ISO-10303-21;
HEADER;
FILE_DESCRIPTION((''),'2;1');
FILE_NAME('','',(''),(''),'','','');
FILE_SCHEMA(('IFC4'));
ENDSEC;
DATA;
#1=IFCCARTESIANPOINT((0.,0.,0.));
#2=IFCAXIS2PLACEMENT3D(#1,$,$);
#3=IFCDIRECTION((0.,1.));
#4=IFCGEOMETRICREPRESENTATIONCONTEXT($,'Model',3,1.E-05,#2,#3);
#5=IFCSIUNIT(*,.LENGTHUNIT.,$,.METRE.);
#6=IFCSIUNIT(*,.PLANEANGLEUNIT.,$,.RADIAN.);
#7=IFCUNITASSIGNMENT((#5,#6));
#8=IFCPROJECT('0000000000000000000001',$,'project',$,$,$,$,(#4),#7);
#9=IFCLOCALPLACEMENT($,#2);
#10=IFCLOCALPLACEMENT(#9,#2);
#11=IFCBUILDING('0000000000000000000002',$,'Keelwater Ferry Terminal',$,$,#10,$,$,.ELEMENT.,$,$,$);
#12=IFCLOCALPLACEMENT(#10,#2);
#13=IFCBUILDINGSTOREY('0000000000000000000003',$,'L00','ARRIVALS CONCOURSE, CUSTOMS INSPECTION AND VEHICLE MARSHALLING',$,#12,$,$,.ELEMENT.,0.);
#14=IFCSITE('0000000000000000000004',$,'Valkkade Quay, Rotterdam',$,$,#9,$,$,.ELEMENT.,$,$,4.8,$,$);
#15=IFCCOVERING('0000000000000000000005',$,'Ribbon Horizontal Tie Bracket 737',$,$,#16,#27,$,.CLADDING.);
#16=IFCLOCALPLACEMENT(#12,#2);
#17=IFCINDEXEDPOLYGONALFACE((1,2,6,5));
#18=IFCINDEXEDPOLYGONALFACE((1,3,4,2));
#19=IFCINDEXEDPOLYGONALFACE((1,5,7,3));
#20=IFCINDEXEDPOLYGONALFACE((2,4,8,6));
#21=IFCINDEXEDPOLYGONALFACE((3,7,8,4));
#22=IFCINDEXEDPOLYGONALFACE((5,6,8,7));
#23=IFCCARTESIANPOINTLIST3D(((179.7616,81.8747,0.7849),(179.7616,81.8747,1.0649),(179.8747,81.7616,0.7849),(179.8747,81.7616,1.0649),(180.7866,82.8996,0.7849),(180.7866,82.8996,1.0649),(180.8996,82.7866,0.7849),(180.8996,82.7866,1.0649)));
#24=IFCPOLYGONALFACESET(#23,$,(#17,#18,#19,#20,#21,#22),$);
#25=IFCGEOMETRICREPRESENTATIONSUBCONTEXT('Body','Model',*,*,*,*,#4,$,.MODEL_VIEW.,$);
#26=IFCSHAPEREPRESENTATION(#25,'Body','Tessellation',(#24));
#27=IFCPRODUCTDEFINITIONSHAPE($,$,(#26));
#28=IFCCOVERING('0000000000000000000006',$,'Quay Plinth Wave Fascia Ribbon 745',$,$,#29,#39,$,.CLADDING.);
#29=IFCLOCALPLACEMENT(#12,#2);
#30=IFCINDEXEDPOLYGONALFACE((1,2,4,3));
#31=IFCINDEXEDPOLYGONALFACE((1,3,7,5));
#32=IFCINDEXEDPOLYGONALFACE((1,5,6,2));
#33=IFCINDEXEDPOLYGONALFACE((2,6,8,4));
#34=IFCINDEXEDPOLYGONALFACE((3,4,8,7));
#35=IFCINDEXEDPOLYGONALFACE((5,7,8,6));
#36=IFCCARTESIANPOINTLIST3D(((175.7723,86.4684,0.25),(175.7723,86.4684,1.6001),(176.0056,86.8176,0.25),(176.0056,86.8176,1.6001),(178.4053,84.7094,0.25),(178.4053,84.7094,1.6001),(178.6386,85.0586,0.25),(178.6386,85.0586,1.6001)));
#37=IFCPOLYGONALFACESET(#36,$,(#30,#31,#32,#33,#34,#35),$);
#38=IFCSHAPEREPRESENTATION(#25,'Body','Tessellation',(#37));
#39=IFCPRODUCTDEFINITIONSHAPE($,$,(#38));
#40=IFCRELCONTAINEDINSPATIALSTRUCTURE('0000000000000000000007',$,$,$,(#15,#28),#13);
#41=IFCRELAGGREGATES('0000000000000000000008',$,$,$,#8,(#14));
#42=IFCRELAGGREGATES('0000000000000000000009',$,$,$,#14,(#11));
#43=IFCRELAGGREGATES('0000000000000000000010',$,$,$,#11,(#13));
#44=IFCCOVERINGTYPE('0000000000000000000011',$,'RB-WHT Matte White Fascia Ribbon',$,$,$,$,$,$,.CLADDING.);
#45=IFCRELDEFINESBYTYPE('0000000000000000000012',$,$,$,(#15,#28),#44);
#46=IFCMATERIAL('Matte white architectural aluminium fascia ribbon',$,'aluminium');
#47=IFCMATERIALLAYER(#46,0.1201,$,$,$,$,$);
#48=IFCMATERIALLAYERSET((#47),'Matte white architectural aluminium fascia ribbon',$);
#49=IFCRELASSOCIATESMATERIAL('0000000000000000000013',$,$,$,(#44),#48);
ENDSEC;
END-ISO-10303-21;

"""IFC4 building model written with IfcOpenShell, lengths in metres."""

from ifc_helpers import new_model, si_unit, direction, frame, frame_2d, origin, place, context, subcontext, project, spatial, polyline, rectangle, outline, extrude, material, layer, layer_set, type_object, element, save


model = new_model("IFC4")

# Units and contexts
model_context = context("Model", 3, precision=1e-05, world=origin(), true_north=direction((0.0, 1.0)))
body_context = subcontext(model_context, "Body", "Model", "MODEL_VIEW")
ifc_project = project(units=[si_unit("LENGTHUNIT", "METRE"), si_unit("PLANEANGLEUNIT", "RADIAN")], contexts=[model_context])

# Site, building, storey
site_placement = place(None, origin())
site = spatial("IfcSite", under=ifc_project, at=site_placement, Name="Valkkade Quay, Rotterdam", CompositionType="ELEMENT", RefElevation=4.8)
building_placement = place(site_placement, origin())
building = spatial("IfcBuilding", under=site, at=building_placement, Name="Keelwater Ferry Terminal", CompositionType="ELEMENT")
storey_placement = place(building_placement, origin())
storey = spatial("IfcBuildingStorey", under=building, at=storey_placement, Name="L00", Description="ARRIVALS CONCOURSE, CUSTOMS INSPECTION AND VEHICLE MARSHALLING", CompositionType="ELEMENT", Elevation=0.0)

# Coverings
ifc_material_1 = material(Name="Matte white architectural aluminium fascia ribbon", Category="aluminium")
ifc_layer_1 = layer(ifc_material_1, 0.1201)
ifc_layer_set_1 = layer_set([ifc_layer_1], Name="Matte white architectural aluminium fascia ribbon")
covering_type = type_object("IfcCoveringType", Name="RB-WHT Matte White Fascia Ribbon", PredefinedType="CLADDING", material=ifc_layer_set_1)
covering_1_placement = place(storey_placement, frame((180.843, 82.843, 0.7849), z_axis=(0.0, 0.0, 1.0), x_axis=(-0.707107, -0.707107, 0.0)))
element("IfcCovering", 1, at=covering_1_placement, inside=storey, type_object=covering_type, Name="Ribbon Horizontal Tie Bracket 737", PredefinedType="CLADDING", context=body_context, shape_type="SweptSolid", body=[
    extrude(rectangle(XDim=1.4495, YDim=0.1599, at=frame_2d((0.7246, 0.0))), origin(), (0.0, 0.0, 1.0), 0.28),
])
covering_2_placement = place(storey_placement, frame((178.522, 84.884, 0.25), z_axis=(0.0, 0.0, 1.0), x_axis=(-0.831516, 0.555501, 0.0)))
element("IfcCovering", 2, at=covering_2_placement, inside=storey, type_object=covering_type, Name="Quay Plinth Wave Fascia Ribbon 745", PredefinedType="CLADDING", context=body_context, shape_type="SweptSolid", body=[
    extrude(outline(polyline([(0.0, 0.0), (3.1665, 0.0), (3.1665, 1.3501), (0.0, 1.3501), (0.0, 0.0)])), frame((0.0, 0.21, 0.0), z_axis=(0.0, -1.0, 0.0), x_axis=(1.0, 0.0, 0.0)), (0.0, 0.0, 1.0), 0.4199),
])

save(model, "model.ifc")
